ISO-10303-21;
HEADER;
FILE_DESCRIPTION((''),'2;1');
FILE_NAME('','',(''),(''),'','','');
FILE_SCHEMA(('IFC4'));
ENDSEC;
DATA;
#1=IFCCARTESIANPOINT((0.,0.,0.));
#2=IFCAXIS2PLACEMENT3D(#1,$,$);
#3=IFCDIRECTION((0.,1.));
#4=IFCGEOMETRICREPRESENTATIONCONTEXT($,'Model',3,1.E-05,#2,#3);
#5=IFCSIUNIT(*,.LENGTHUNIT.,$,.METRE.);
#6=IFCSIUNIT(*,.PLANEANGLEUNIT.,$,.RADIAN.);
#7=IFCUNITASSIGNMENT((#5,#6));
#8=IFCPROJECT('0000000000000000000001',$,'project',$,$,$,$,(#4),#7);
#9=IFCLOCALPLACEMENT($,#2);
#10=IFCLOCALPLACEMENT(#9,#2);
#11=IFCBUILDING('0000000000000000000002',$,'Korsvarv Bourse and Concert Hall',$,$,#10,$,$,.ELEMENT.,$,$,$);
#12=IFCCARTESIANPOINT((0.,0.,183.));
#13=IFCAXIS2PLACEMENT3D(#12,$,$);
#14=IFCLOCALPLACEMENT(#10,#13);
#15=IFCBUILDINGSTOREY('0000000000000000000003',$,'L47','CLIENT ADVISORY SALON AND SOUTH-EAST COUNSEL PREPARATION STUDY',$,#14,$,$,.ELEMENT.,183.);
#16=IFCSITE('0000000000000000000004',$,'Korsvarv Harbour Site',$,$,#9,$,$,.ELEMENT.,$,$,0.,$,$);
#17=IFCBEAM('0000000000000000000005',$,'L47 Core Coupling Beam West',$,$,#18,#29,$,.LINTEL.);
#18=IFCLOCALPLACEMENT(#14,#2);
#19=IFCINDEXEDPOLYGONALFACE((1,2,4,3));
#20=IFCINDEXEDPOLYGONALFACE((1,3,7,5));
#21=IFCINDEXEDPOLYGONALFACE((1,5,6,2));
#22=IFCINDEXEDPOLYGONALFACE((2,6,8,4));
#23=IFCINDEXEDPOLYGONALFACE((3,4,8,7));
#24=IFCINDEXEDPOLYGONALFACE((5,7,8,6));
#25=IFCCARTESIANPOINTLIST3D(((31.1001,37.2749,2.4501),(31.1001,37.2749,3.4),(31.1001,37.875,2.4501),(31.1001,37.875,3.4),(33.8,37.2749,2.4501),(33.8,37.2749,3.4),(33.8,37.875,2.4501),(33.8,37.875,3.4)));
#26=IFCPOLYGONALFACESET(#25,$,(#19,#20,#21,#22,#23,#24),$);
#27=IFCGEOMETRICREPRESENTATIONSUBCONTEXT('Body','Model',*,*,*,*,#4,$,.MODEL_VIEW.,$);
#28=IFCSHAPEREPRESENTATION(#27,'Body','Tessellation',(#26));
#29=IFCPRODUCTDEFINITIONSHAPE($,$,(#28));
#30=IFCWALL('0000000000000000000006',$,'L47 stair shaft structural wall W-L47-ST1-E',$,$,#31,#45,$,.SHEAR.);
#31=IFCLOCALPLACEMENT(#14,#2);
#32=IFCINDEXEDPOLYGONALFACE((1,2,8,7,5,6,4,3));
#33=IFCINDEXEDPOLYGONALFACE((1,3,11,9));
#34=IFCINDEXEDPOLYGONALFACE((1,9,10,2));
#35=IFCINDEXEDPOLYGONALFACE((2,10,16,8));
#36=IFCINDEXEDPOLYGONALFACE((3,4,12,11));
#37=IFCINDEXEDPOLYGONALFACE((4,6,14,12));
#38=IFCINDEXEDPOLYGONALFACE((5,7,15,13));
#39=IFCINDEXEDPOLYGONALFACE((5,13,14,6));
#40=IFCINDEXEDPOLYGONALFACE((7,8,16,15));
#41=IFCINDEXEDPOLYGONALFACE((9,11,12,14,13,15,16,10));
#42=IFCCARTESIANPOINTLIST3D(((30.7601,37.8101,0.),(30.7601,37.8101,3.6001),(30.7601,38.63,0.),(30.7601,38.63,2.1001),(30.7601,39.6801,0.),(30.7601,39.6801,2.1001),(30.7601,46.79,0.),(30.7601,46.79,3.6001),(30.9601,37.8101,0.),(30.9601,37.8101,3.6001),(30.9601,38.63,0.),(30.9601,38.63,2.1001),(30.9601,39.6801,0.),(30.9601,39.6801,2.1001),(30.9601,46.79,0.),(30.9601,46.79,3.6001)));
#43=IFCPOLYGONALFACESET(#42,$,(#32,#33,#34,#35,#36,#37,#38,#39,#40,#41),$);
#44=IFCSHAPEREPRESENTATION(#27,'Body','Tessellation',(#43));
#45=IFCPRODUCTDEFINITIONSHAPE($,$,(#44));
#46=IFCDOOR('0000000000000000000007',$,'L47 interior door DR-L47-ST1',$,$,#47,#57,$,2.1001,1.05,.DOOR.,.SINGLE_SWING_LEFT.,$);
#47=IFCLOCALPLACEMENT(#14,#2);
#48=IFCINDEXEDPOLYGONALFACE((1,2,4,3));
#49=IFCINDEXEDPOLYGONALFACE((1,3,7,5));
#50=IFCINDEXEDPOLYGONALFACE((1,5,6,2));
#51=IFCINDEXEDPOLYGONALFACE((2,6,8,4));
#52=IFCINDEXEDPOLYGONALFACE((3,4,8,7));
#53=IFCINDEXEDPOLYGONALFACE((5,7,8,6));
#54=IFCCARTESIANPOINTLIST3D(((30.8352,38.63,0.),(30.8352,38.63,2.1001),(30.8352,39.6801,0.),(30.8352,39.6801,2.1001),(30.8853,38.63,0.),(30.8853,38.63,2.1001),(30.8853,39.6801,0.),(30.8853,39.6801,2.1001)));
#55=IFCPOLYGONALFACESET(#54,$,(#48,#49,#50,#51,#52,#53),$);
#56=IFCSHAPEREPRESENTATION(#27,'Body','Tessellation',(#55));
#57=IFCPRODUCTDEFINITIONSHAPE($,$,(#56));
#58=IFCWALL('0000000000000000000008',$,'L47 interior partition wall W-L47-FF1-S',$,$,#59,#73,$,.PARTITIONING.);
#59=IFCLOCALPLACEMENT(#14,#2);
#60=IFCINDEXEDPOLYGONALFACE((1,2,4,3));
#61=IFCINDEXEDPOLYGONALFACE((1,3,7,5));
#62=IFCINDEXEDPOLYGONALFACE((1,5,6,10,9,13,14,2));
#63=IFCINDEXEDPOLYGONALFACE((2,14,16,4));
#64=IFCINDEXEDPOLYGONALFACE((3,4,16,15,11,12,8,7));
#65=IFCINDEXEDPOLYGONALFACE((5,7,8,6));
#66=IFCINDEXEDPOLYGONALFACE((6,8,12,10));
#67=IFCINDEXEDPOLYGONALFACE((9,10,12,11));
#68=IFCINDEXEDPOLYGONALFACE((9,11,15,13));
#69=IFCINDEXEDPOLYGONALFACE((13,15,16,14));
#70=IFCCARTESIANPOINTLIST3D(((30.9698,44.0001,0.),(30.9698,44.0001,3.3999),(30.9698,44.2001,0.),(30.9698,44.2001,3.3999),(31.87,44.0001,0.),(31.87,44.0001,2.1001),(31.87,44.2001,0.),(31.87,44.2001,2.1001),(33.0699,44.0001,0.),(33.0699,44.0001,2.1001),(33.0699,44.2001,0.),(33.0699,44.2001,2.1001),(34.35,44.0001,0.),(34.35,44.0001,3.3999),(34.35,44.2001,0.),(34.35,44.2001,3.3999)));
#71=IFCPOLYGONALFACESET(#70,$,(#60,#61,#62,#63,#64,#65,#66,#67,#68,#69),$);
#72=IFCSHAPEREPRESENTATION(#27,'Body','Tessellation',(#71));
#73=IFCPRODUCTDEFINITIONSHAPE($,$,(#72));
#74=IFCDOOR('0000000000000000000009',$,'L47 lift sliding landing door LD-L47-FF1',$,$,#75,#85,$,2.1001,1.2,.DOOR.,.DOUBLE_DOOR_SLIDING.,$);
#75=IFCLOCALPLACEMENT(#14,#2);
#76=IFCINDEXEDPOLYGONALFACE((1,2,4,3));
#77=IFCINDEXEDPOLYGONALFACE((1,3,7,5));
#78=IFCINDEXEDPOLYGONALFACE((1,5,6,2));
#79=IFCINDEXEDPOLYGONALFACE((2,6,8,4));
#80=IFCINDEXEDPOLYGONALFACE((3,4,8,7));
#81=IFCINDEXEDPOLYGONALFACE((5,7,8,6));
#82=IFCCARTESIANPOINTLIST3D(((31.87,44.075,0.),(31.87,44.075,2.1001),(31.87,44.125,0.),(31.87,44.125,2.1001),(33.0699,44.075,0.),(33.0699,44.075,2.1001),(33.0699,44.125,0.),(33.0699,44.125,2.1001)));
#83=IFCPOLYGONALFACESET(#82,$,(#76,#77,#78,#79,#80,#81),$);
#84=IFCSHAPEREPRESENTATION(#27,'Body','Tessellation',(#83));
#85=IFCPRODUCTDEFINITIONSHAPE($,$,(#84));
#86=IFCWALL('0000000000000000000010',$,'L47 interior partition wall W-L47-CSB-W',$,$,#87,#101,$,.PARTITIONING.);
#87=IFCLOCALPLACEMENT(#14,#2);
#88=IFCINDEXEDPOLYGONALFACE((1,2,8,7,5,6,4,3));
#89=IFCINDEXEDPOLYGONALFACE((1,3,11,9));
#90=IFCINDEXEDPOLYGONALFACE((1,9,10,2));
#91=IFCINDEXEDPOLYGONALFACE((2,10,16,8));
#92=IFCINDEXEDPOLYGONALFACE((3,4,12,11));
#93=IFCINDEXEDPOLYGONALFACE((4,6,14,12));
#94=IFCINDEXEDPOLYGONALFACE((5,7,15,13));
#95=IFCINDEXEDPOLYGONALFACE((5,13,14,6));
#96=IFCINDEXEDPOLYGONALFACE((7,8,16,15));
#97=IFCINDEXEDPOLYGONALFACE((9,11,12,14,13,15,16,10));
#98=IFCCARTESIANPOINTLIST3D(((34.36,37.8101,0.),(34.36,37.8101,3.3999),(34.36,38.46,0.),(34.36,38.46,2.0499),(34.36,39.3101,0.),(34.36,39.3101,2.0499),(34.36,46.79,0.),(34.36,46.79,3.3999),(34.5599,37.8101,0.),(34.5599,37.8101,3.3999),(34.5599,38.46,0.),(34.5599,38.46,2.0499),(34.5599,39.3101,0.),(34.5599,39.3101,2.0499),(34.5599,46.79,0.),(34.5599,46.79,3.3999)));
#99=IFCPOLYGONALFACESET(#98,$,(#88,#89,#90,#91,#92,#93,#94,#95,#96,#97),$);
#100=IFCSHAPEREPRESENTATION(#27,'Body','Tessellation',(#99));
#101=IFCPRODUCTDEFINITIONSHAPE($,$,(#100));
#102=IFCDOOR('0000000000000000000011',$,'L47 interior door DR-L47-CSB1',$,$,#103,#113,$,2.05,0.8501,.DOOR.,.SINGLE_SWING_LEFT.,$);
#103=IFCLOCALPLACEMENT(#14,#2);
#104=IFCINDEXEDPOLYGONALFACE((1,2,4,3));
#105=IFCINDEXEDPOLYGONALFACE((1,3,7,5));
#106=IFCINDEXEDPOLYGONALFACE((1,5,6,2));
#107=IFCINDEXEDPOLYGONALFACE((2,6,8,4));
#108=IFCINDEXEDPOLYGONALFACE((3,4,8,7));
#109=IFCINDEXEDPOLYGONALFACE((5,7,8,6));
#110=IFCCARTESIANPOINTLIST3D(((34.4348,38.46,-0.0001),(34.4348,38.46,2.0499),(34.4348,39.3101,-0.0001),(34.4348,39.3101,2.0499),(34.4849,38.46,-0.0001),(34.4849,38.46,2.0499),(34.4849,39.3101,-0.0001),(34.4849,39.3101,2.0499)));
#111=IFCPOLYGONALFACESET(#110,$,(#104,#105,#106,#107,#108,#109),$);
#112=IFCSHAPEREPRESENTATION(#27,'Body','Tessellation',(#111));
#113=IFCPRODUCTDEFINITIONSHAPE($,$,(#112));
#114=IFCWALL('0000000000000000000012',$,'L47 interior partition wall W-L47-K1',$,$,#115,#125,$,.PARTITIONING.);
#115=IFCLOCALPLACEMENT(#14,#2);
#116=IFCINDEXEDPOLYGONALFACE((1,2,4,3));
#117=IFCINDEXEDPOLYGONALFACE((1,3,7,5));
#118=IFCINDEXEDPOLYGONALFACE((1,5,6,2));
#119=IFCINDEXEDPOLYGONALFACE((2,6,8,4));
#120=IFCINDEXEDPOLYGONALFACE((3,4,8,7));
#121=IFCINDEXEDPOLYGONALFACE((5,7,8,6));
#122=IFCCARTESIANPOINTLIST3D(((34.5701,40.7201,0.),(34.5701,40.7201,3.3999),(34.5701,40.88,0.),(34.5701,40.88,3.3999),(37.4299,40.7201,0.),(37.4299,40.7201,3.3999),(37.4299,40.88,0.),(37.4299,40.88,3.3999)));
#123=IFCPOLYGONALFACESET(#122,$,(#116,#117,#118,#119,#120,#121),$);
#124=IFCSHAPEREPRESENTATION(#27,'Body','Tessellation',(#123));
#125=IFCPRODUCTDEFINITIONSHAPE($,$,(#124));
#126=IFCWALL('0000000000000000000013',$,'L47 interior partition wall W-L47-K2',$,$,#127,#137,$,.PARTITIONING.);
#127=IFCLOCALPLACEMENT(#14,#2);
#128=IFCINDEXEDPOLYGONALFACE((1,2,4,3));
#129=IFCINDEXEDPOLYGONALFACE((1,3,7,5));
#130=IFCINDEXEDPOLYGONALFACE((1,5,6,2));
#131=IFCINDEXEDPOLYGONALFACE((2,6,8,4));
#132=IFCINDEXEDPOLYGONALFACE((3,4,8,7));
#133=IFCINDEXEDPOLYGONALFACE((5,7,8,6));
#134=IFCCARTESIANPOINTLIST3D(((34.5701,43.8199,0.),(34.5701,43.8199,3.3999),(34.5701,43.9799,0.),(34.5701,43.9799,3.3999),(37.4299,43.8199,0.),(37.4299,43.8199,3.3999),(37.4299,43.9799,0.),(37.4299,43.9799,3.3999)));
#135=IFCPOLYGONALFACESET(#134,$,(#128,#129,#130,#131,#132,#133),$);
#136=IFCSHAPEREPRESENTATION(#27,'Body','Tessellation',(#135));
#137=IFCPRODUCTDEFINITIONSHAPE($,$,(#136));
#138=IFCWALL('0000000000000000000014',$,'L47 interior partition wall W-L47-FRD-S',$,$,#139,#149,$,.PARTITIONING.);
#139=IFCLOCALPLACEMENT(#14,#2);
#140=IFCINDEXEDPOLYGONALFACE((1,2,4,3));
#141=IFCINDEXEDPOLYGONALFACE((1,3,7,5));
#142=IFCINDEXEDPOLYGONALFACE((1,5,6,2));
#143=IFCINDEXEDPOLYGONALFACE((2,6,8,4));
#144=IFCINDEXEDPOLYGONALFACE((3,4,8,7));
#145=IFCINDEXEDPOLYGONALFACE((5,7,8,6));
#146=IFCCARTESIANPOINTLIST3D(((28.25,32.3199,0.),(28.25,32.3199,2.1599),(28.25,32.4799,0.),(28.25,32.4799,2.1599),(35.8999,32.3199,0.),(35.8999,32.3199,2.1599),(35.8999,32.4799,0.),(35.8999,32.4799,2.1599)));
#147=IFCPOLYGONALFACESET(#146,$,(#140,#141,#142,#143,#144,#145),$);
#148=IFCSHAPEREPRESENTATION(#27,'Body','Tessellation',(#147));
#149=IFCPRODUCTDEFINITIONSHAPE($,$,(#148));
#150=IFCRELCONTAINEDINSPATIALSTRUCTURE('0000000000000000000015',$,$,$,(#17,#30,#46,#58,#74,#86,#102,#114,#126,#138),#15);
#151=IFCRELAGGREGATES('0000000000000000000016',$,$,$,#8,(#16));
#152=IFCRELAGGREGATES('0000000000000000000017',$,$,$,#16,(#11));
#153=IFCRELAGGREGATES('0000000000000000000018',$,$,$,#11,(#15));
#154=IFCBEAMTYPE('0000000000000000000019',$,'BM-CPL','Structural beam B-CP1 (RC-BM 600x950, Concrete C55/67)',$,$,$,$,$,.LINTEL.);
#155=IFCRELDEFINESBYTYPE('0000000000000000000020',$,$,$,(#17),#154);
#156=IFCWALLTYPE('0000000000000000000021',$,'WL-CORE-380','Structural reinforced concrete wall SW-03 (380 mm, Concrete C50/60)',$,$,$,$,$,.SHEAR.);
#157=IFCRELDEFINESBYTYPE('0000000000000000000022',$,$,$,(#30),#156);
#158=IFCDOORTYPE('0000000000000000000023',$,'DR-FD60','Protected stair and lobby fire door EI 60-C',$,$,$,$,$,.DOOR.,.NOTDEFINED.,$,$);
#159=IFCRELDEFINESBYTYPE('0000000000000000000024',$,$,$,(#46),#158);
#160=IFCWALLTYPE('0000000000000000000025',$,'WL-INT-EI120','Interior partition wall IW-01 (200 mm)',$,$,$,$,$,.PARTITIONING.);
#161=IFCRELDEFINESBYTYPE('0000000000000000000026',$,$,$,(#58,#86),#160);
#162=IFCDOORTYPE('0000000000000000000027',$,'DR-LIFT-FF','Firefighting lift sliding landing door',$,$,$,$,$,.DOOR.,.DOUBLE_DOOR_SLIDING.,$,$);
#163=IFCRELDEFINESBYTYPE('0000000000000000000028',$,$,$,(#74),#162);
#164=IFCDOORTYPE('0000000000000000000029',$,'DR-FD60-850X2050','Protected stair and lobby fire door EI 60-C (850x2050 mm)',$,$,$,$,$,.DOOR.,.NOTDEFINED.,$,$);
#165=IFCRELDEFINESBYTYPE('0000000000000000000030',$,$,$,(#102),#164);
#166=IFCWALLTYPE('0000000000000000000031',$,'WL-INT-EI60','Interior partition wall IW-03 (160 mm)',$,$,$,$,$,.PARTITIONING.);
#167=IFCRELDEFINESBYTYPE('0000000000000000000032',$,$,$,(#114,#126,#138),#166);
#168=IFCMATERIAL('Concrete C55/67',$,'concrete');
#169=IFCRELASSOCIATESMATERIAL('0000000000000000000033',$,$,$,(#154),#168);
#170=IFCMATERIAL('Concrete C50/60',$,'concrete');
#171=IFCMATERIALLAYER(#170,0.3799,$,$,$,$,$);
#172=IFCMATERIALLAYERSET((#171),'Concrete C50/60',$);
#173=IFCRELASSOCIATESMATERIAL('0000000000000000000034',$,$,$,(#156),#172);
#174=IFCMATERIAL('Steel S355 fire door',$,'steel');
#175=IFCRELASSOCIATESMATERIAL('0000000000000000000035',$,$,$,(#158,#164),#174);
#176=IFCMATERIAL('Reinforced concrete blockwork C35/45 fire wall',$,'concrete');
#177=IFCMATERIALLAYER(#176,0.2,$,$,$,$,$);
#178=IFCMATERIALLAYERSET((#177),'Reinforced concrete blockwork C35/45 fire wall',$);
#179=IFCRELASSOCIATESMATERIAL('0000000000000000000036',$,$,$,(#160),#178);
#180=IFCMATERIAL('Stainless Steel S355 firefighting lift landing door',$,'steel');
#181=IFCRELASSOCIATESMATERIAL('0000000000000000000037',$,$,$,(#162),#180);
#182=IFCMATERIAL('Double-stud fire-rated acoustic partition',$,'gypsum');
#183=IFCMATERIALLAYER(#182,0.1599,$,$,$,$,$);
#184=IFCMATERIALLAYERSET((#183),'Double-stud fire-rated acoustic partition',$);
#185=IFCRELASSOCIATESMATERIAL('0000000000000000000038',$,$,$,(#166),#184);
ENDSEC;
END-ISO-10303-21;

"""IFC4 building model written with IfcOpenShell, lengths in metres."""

from ifc_helpers import new_model, si_unit, direction, frame, frame_2d, origin, origin_2d, place, context, subcontext, project, spatial, rectangle, extrude, source, transform, mapped, material, layer, layer_set, material_profile, profile_set, type_object, element, fill, save


model = new_model("IFC4")

# Units and contexts
model_context = context("Model", 3, precision=1e-05, world=origin(), true_north=direction((0.0, 1.0)))
body_context = subcontext(model_context, "Body", "Model", "MODEL_VIEW")
ifc_project = project(units=[si_unit("LENGTHUNIT", "METRE"), si_unit("PLANEANGLEUNIT", "RADIAN")], contexts=[model_context])

# Site, building, storey
site_placement = place(None, origin())
site = spatial("IfcSite", under=ifc_project, at=site_placement, Name="Korsvarv Harbour Site", CompositionType="ELEMENT", RefElevation=0.0)
building_placement = place(site_placement, origin())
building = spatial("IfcBuilding", under=site, at=building_placement, Name="Korsvarv Bourse and Concert Hall", CompositionType="ELEMENT")
storey_placement = place(building_placement, frame((0.0, 0.0, 183.0)))
storey = spatial("IfcBuildingStorey", under=building, at=storey_placement, Name="L47", Description="CLIENT ADVISORY SALON AND SOUTH-EAST COUNSEL PREPARATION STUDY", CompositionType="ELEMENT", Elevation=183.0)

# Beam
ifc_material_1 = material(Name="Concrete C55/67", Category="concrete")
ifc_material_profile = material_profile(ifc_material_1, rectangle(XDim=0.6001, YDim=0.95, at=origin_2d()), Name="RC-BM 600x950")
ifc_profile_set = profile_set([ifc_material_profile], Name="Concrete C55/67")
beam_type = type_object("IfcBeamType", Name="BM-CPL", Description="Structural beam B-CP1 (RC-BM 600x950, Concrete C55/67)", PredefinedType="LINTEL", material=ifc_profile_set)
shared_shape = source(origin(), body_context, "Body", "SweptSolid", [
    extrude(rectangle(XDim=0.6001, YDim=0.95, at=origin_2d()), origin(), (0.0, 0.0, 1.0), 2.7),
])
beam_placement = place(storey_placement, frame((31.1001, 37.575, 2.925), z_axis=(1.0, 0.0, 0.0), x_axis=(0.0, 1.0, 0.0)))
element("IfcBeam", 1, at=beam_placement, inside=storey, type_object=beam_type, Name="L47 Core Coupling Beam West", PredefinedType="LINTEL", context=body_context, shape_type="MappedRepresentation", body=[
    mapped(shared_shape, transform((0.0, 0.0, 0.0), scale=1.0)),
])

# Walls, openings, doors
ifc_material_2 = material(Name="Concrete C50/60", Category="concrete")
ifc_layer_1 = layer(ifc_material_2, 0.3799)
ifc_layer_set_1 = layer_set([ifc_layer_1], Name="Concrete C50/60")
wall_type_1 = type_object("IfcWallType", Name="WL-CORE-380", Description="Structural reinforced concrete wall SW-03 (380 mm, Concrete C50/60)", PredefinedType="SHEAR", material=ifc_layer_set_1)
wall_1_placement = place(storey_placement, frame((30.8601, 37.8101, 0.0), z_axis=(0.0, 0.0, 1.0), x_axis=(0.0, 1.0, 0.0)))
wall_1 = element("IfcWall", 2, at=wall_1_placement, inside=storey, type_object=wall_type_1, Name="L47 stair shaft structural wall W-L47-ST1-E", PredefinedType="SHEAR", context=body_context, shape_type="SweptSolid", body=[
    extrude(rectangle(XDim=8.98, YDim=0.2, at=frame_2d((4.49, 0.0))), origin(), (0.0, 0.0, 1.0), 3.6001),
])
opening_1_placement = place(wall_1_placement, frame((0.8201, 0.0, 0.0)))
opening_1 = element("IfcOpeningElement", 3, at=opening_1_placement, cuts=wall_1, PredefinedType="OPENING", context=body_context, shape_type="SweptSolid", body=[
    extrude(rectangle(XDim=1.05, YDim=2.1001, at=frame_2d((0.5249, 1.05))), frame((0.0, 0.1099, 0.0), z_axis=(0.0, -1.0, 0.0), x_axis=(1.0, 0.0, 0.0)), (0.0, 0.0, 1.0), 0.22),
])
ifc_material_3 = material(Name="Steel S355 fire door", Category="steel")
door_type_1 = type_object("IfcDoorType", Name="DR-FD60", Description="Protected stair and lobby fire door EI 60-C", OperationType="NOTDEFINED", PredefinedType="DOOR", material=ifc_material_3)
door_1_placement = place(opening_1_placement, origin())
door_1 = element("IfcDoor", 4, at=door_1_placement, inside=storey, type_object=door_type_1, Name="L47 interior door DR-L47-ST1", OperationType="SINGLE_SWING_LEFT", OverallHeight=2.1001, OverallWidth=1.05, PredefinedType="DOOR", context=body_context, shape_type="SweptSolid", body=[
    extrude(rectangle(XDim=1.05, YDim=2.1001, at=frame_2d((0.5249, 1.05))), frame((0.0, 0.0249, 0.0), z_axis=(0.0, -1.0, 0.0), x_axis=(1.0, 0.0, 0.0)), (0.0, 0.0, 1.0), 0.05),
])
fill(opening_1, door_1)
ifc_material_4 = material(Name="Reinforced concrete blockwork C35/45 fire wall", Category="concrete")
ifc_layer_2 = layer(ifc_material_4, 0.2)
ifc_layer_set_2 = layer_set([ifc_layer_2], Name="Reinforced concrete blockwork C35/45 fire wall")
wall_type_2 = type_object("IfcWallType", Name="WL-INT-EI120", Description="Interior partition wall IW-01 (200 mm)", PredefinedType="PARTITIONING", material=ifc_layer_set_2)
wall_2_placement = place(storey_placement, frame((30.97, 44.1001, 0.0), z_axis=(0.0, 0.0, 1.0), x_axis=(1.0, 0.0, 0.0)))
wall_2 = element("IfcWall", 5, at=wall_2_placement, inside=storey, type_object=wall_type_2, Name="L47 interior partition wall W-L47-FF1-S", PredefinedType="PARTITIONING", context=body_context, shape_type="SweptSolid", body=[
    extrude(rectangle(XDim=3.3801, YDim=0.2, at=frame_2d((1.6899, 0.0))), origin(), (0.0, 0.0, 1.0), 3.3999),
])
opening_2_placement = place(wall_2_placement, frame((0.8999, 0.0, 0.0)))
opening_2 = element("IfcOpeningElement", 6, at=opening_2_placement, cuts=wall_2, PredefinedType="OPENING", context=body_context, shape_type="SweptSolid", body=[
    extrude(rectangle(XDim=1.2, YDim=2.1001, at=frame_2d((0.6001, 1.05))), frame((0.0, 0.1099, 0.0), z_axis=(0.0, -1.0, 0.0), x_axis=(1.0, 0.0, 0.0)), (0.0, 0.0, 1.0), 0.22),
])
ifc_material_5 = material(Name="Stainless Steel S355 firefighting lift landing door", Category="steel")
door_type_2 = type_object("IfcDoorType", Name="DR-LIFT-FF", Description="Firefighting lift sliding landing door", OperationType="DOUBLE_DOOR_SLIDING", PredefinedType="DOOR", material=ifc_material_5)
door_2_placement = place(opening_2_placement, origin())
door_2 = element("IfcDoor", 7, at=door_2_placement, inside=storey, type_object=door_type_2, Name="L47 lift sliding landing door LD-L47-FF1", OperationType="DOUBLE_DOOR_SLIDING", OverallHeight=2.1001, OverallWidth=1.2, PredefinedType="DOOR", context=body_context, shape_type="SweptSolid", body=[
    extrude(rectangle(XDim=1.2, YDim=2.1001, at=frame_2d((0.6001, 1.05))), frame((0.0, 0.0249, 0.0), z_axis=(0.0, -1.0, 0.0), x_axis=(1.0, 0.0, 0.0)), (0.0, 0.0, 1.0), 0.05),
])
fill(opening_2, door_2)
wall_3_placement = place(storey_placement, frame((34.46, 37.8101, 0.0), z_axis=(0.0, 0.0, 1.0), x_axis=(0.0, 1.0, 0.0)))
wall_3 = element("IfcWall", 8, at=wall_3_placement, inside=storey, type_object=wall_type_2, Name="L47 interior partition wall W-L47-CSB-W", PredefinedType="PARTITIONING", context=body_context, shape_type="SweptSolid", body=[
    extrude(rectangle(XDim=8.98, YDim=0.2, at=frame_2d((4.49, 0.0))), origin(), (0.0, 0.0, 1.0), 3.3999),
])
opening_3_placement = place(wall_3_placement, frame((0.6499, 0.0, 0.0)))
opening_3 = element("IfcOpeningElement", 9, at=opening_3_placement, cuts=wall_3, PredefinedType="OPENING", context=body_context, shape_type="SweptSolid", body=[
    extrude(rectangle(XDim=0.8501, YDim=2.05, at=frame_2d((0.425, 1.0249))), frame((0.0, 0.1099, 0.0), z_axis=(0.0, -1.0, 0.0), x_axis=(1.0, 0.0, 0.0)), (0.0, 0.0, 1.0), 0.22),
])
door_type_3 = type_object("IfcDoorType", Name="DR-FD60-850X2050", Description="Protected stair and lobby fire door EI 60-C (850x2050 mm)", OperationType="NOTDEFINED", PredefinedType="DOOR", material=ifc_material_3)
door_3_placement = place(opening_3_placement, frame((0.8501, 0.0, 0.0), z_axis=(0.0, 0.0, 1.0), x_axis=(-1.0, 0.0, 0.0)))
door_3 = element("IfcDoor", 10, at=door_3_placement, inside=storey, type_object=door_type_3, Name="L47 interior door DR-L47-CSB1", OperationType="SINGLE_SWING_LEFT", OverallHeight=2.05, OverallWidth=0.8501, PredefinedType="DOOR", context=body_context, shape_type="SweptSolid", body=[
    extrude(rectangle(XDim=0.8501, YDim=2.05, at=frame_2d((0.425, 1.0249))), frame((0.0, 0.0249, 0.0), z_axis=(0.0, -1.0, 0.0), x_axis=(1.0, 0.0, 0.0)), (0.0, 0.0, 1.0), 0.05),
])
fill(opening_3, door_3)

# Walls
ifc_material_6 = material(Name="Double-stud fire-rated acoustic partition", Category="gypsum")
ifc_layer_3 = layer(ifc_material_6, 0.1599)
ifc_layer_set_3 = layer_set([ifc_layer_3], Name="Double-stud fire-rated acoustic partition")
wall_type_3 = type_object("IfcWallType", Name="WL-INT-EI60", Description="Interior partition wall IW-03 (160 mm)", PredefinedType="PARTITIONING", material=ifc_layer_set_3)
for number, where, z_axis, x_axis, name in (
    (11, (34.5701, 40.8, 0.0), (0.0, 0.0, 1.0), (1.0, 0.0, 0.0), "L47 interior partition wall W-L47-K1"),
    (12, (34.5701, 43.8999, 0.0), (0.0, 0.0, 1.0), (1.0, 0.0, 0.0), "L47 interior partition wall W-L47-K2"),
):
    element("IfcWall", number, at=place(storey_placement, frame(where, z_axis=z_axis, x_axis=x_axis)), inside=storey, type_object=wall_type_3, Name=name, PredefinedType="PARTITIONING", context=body_context, shape_type="SweptSolid", body=[
        extrude(rectangle(XDim=2.8599, YDim=0.1599, at=frame_2d((1.4299, 0.0))), origin(), (0.0, 0.0, 1.0), 3.3999),
    ])
wall_4_placement = place(storey_placement, frame((28.25, 32.3999, 0.0), z_axis=(0.0, 0.0, 1.0), x_axis=(1.0, 0.0, 0.0)))
element("IfcWall", 13, at=wall_4_placement, inside=storey, type_object=wall_type_3, Name="L47 interior partition wall W-L47-FRD-S", PredefinedType="PARTITIONING", context=body_context, shape_type="SweptSolid", body=[
    extrude(rectangle(XDim=7.6499, YDim=0.1599, at=frame_2d((3.825, 0.0))), origin(), (0.0, 0.0, 1.0), 2.1599),
])

save(model, "model.ifc")
